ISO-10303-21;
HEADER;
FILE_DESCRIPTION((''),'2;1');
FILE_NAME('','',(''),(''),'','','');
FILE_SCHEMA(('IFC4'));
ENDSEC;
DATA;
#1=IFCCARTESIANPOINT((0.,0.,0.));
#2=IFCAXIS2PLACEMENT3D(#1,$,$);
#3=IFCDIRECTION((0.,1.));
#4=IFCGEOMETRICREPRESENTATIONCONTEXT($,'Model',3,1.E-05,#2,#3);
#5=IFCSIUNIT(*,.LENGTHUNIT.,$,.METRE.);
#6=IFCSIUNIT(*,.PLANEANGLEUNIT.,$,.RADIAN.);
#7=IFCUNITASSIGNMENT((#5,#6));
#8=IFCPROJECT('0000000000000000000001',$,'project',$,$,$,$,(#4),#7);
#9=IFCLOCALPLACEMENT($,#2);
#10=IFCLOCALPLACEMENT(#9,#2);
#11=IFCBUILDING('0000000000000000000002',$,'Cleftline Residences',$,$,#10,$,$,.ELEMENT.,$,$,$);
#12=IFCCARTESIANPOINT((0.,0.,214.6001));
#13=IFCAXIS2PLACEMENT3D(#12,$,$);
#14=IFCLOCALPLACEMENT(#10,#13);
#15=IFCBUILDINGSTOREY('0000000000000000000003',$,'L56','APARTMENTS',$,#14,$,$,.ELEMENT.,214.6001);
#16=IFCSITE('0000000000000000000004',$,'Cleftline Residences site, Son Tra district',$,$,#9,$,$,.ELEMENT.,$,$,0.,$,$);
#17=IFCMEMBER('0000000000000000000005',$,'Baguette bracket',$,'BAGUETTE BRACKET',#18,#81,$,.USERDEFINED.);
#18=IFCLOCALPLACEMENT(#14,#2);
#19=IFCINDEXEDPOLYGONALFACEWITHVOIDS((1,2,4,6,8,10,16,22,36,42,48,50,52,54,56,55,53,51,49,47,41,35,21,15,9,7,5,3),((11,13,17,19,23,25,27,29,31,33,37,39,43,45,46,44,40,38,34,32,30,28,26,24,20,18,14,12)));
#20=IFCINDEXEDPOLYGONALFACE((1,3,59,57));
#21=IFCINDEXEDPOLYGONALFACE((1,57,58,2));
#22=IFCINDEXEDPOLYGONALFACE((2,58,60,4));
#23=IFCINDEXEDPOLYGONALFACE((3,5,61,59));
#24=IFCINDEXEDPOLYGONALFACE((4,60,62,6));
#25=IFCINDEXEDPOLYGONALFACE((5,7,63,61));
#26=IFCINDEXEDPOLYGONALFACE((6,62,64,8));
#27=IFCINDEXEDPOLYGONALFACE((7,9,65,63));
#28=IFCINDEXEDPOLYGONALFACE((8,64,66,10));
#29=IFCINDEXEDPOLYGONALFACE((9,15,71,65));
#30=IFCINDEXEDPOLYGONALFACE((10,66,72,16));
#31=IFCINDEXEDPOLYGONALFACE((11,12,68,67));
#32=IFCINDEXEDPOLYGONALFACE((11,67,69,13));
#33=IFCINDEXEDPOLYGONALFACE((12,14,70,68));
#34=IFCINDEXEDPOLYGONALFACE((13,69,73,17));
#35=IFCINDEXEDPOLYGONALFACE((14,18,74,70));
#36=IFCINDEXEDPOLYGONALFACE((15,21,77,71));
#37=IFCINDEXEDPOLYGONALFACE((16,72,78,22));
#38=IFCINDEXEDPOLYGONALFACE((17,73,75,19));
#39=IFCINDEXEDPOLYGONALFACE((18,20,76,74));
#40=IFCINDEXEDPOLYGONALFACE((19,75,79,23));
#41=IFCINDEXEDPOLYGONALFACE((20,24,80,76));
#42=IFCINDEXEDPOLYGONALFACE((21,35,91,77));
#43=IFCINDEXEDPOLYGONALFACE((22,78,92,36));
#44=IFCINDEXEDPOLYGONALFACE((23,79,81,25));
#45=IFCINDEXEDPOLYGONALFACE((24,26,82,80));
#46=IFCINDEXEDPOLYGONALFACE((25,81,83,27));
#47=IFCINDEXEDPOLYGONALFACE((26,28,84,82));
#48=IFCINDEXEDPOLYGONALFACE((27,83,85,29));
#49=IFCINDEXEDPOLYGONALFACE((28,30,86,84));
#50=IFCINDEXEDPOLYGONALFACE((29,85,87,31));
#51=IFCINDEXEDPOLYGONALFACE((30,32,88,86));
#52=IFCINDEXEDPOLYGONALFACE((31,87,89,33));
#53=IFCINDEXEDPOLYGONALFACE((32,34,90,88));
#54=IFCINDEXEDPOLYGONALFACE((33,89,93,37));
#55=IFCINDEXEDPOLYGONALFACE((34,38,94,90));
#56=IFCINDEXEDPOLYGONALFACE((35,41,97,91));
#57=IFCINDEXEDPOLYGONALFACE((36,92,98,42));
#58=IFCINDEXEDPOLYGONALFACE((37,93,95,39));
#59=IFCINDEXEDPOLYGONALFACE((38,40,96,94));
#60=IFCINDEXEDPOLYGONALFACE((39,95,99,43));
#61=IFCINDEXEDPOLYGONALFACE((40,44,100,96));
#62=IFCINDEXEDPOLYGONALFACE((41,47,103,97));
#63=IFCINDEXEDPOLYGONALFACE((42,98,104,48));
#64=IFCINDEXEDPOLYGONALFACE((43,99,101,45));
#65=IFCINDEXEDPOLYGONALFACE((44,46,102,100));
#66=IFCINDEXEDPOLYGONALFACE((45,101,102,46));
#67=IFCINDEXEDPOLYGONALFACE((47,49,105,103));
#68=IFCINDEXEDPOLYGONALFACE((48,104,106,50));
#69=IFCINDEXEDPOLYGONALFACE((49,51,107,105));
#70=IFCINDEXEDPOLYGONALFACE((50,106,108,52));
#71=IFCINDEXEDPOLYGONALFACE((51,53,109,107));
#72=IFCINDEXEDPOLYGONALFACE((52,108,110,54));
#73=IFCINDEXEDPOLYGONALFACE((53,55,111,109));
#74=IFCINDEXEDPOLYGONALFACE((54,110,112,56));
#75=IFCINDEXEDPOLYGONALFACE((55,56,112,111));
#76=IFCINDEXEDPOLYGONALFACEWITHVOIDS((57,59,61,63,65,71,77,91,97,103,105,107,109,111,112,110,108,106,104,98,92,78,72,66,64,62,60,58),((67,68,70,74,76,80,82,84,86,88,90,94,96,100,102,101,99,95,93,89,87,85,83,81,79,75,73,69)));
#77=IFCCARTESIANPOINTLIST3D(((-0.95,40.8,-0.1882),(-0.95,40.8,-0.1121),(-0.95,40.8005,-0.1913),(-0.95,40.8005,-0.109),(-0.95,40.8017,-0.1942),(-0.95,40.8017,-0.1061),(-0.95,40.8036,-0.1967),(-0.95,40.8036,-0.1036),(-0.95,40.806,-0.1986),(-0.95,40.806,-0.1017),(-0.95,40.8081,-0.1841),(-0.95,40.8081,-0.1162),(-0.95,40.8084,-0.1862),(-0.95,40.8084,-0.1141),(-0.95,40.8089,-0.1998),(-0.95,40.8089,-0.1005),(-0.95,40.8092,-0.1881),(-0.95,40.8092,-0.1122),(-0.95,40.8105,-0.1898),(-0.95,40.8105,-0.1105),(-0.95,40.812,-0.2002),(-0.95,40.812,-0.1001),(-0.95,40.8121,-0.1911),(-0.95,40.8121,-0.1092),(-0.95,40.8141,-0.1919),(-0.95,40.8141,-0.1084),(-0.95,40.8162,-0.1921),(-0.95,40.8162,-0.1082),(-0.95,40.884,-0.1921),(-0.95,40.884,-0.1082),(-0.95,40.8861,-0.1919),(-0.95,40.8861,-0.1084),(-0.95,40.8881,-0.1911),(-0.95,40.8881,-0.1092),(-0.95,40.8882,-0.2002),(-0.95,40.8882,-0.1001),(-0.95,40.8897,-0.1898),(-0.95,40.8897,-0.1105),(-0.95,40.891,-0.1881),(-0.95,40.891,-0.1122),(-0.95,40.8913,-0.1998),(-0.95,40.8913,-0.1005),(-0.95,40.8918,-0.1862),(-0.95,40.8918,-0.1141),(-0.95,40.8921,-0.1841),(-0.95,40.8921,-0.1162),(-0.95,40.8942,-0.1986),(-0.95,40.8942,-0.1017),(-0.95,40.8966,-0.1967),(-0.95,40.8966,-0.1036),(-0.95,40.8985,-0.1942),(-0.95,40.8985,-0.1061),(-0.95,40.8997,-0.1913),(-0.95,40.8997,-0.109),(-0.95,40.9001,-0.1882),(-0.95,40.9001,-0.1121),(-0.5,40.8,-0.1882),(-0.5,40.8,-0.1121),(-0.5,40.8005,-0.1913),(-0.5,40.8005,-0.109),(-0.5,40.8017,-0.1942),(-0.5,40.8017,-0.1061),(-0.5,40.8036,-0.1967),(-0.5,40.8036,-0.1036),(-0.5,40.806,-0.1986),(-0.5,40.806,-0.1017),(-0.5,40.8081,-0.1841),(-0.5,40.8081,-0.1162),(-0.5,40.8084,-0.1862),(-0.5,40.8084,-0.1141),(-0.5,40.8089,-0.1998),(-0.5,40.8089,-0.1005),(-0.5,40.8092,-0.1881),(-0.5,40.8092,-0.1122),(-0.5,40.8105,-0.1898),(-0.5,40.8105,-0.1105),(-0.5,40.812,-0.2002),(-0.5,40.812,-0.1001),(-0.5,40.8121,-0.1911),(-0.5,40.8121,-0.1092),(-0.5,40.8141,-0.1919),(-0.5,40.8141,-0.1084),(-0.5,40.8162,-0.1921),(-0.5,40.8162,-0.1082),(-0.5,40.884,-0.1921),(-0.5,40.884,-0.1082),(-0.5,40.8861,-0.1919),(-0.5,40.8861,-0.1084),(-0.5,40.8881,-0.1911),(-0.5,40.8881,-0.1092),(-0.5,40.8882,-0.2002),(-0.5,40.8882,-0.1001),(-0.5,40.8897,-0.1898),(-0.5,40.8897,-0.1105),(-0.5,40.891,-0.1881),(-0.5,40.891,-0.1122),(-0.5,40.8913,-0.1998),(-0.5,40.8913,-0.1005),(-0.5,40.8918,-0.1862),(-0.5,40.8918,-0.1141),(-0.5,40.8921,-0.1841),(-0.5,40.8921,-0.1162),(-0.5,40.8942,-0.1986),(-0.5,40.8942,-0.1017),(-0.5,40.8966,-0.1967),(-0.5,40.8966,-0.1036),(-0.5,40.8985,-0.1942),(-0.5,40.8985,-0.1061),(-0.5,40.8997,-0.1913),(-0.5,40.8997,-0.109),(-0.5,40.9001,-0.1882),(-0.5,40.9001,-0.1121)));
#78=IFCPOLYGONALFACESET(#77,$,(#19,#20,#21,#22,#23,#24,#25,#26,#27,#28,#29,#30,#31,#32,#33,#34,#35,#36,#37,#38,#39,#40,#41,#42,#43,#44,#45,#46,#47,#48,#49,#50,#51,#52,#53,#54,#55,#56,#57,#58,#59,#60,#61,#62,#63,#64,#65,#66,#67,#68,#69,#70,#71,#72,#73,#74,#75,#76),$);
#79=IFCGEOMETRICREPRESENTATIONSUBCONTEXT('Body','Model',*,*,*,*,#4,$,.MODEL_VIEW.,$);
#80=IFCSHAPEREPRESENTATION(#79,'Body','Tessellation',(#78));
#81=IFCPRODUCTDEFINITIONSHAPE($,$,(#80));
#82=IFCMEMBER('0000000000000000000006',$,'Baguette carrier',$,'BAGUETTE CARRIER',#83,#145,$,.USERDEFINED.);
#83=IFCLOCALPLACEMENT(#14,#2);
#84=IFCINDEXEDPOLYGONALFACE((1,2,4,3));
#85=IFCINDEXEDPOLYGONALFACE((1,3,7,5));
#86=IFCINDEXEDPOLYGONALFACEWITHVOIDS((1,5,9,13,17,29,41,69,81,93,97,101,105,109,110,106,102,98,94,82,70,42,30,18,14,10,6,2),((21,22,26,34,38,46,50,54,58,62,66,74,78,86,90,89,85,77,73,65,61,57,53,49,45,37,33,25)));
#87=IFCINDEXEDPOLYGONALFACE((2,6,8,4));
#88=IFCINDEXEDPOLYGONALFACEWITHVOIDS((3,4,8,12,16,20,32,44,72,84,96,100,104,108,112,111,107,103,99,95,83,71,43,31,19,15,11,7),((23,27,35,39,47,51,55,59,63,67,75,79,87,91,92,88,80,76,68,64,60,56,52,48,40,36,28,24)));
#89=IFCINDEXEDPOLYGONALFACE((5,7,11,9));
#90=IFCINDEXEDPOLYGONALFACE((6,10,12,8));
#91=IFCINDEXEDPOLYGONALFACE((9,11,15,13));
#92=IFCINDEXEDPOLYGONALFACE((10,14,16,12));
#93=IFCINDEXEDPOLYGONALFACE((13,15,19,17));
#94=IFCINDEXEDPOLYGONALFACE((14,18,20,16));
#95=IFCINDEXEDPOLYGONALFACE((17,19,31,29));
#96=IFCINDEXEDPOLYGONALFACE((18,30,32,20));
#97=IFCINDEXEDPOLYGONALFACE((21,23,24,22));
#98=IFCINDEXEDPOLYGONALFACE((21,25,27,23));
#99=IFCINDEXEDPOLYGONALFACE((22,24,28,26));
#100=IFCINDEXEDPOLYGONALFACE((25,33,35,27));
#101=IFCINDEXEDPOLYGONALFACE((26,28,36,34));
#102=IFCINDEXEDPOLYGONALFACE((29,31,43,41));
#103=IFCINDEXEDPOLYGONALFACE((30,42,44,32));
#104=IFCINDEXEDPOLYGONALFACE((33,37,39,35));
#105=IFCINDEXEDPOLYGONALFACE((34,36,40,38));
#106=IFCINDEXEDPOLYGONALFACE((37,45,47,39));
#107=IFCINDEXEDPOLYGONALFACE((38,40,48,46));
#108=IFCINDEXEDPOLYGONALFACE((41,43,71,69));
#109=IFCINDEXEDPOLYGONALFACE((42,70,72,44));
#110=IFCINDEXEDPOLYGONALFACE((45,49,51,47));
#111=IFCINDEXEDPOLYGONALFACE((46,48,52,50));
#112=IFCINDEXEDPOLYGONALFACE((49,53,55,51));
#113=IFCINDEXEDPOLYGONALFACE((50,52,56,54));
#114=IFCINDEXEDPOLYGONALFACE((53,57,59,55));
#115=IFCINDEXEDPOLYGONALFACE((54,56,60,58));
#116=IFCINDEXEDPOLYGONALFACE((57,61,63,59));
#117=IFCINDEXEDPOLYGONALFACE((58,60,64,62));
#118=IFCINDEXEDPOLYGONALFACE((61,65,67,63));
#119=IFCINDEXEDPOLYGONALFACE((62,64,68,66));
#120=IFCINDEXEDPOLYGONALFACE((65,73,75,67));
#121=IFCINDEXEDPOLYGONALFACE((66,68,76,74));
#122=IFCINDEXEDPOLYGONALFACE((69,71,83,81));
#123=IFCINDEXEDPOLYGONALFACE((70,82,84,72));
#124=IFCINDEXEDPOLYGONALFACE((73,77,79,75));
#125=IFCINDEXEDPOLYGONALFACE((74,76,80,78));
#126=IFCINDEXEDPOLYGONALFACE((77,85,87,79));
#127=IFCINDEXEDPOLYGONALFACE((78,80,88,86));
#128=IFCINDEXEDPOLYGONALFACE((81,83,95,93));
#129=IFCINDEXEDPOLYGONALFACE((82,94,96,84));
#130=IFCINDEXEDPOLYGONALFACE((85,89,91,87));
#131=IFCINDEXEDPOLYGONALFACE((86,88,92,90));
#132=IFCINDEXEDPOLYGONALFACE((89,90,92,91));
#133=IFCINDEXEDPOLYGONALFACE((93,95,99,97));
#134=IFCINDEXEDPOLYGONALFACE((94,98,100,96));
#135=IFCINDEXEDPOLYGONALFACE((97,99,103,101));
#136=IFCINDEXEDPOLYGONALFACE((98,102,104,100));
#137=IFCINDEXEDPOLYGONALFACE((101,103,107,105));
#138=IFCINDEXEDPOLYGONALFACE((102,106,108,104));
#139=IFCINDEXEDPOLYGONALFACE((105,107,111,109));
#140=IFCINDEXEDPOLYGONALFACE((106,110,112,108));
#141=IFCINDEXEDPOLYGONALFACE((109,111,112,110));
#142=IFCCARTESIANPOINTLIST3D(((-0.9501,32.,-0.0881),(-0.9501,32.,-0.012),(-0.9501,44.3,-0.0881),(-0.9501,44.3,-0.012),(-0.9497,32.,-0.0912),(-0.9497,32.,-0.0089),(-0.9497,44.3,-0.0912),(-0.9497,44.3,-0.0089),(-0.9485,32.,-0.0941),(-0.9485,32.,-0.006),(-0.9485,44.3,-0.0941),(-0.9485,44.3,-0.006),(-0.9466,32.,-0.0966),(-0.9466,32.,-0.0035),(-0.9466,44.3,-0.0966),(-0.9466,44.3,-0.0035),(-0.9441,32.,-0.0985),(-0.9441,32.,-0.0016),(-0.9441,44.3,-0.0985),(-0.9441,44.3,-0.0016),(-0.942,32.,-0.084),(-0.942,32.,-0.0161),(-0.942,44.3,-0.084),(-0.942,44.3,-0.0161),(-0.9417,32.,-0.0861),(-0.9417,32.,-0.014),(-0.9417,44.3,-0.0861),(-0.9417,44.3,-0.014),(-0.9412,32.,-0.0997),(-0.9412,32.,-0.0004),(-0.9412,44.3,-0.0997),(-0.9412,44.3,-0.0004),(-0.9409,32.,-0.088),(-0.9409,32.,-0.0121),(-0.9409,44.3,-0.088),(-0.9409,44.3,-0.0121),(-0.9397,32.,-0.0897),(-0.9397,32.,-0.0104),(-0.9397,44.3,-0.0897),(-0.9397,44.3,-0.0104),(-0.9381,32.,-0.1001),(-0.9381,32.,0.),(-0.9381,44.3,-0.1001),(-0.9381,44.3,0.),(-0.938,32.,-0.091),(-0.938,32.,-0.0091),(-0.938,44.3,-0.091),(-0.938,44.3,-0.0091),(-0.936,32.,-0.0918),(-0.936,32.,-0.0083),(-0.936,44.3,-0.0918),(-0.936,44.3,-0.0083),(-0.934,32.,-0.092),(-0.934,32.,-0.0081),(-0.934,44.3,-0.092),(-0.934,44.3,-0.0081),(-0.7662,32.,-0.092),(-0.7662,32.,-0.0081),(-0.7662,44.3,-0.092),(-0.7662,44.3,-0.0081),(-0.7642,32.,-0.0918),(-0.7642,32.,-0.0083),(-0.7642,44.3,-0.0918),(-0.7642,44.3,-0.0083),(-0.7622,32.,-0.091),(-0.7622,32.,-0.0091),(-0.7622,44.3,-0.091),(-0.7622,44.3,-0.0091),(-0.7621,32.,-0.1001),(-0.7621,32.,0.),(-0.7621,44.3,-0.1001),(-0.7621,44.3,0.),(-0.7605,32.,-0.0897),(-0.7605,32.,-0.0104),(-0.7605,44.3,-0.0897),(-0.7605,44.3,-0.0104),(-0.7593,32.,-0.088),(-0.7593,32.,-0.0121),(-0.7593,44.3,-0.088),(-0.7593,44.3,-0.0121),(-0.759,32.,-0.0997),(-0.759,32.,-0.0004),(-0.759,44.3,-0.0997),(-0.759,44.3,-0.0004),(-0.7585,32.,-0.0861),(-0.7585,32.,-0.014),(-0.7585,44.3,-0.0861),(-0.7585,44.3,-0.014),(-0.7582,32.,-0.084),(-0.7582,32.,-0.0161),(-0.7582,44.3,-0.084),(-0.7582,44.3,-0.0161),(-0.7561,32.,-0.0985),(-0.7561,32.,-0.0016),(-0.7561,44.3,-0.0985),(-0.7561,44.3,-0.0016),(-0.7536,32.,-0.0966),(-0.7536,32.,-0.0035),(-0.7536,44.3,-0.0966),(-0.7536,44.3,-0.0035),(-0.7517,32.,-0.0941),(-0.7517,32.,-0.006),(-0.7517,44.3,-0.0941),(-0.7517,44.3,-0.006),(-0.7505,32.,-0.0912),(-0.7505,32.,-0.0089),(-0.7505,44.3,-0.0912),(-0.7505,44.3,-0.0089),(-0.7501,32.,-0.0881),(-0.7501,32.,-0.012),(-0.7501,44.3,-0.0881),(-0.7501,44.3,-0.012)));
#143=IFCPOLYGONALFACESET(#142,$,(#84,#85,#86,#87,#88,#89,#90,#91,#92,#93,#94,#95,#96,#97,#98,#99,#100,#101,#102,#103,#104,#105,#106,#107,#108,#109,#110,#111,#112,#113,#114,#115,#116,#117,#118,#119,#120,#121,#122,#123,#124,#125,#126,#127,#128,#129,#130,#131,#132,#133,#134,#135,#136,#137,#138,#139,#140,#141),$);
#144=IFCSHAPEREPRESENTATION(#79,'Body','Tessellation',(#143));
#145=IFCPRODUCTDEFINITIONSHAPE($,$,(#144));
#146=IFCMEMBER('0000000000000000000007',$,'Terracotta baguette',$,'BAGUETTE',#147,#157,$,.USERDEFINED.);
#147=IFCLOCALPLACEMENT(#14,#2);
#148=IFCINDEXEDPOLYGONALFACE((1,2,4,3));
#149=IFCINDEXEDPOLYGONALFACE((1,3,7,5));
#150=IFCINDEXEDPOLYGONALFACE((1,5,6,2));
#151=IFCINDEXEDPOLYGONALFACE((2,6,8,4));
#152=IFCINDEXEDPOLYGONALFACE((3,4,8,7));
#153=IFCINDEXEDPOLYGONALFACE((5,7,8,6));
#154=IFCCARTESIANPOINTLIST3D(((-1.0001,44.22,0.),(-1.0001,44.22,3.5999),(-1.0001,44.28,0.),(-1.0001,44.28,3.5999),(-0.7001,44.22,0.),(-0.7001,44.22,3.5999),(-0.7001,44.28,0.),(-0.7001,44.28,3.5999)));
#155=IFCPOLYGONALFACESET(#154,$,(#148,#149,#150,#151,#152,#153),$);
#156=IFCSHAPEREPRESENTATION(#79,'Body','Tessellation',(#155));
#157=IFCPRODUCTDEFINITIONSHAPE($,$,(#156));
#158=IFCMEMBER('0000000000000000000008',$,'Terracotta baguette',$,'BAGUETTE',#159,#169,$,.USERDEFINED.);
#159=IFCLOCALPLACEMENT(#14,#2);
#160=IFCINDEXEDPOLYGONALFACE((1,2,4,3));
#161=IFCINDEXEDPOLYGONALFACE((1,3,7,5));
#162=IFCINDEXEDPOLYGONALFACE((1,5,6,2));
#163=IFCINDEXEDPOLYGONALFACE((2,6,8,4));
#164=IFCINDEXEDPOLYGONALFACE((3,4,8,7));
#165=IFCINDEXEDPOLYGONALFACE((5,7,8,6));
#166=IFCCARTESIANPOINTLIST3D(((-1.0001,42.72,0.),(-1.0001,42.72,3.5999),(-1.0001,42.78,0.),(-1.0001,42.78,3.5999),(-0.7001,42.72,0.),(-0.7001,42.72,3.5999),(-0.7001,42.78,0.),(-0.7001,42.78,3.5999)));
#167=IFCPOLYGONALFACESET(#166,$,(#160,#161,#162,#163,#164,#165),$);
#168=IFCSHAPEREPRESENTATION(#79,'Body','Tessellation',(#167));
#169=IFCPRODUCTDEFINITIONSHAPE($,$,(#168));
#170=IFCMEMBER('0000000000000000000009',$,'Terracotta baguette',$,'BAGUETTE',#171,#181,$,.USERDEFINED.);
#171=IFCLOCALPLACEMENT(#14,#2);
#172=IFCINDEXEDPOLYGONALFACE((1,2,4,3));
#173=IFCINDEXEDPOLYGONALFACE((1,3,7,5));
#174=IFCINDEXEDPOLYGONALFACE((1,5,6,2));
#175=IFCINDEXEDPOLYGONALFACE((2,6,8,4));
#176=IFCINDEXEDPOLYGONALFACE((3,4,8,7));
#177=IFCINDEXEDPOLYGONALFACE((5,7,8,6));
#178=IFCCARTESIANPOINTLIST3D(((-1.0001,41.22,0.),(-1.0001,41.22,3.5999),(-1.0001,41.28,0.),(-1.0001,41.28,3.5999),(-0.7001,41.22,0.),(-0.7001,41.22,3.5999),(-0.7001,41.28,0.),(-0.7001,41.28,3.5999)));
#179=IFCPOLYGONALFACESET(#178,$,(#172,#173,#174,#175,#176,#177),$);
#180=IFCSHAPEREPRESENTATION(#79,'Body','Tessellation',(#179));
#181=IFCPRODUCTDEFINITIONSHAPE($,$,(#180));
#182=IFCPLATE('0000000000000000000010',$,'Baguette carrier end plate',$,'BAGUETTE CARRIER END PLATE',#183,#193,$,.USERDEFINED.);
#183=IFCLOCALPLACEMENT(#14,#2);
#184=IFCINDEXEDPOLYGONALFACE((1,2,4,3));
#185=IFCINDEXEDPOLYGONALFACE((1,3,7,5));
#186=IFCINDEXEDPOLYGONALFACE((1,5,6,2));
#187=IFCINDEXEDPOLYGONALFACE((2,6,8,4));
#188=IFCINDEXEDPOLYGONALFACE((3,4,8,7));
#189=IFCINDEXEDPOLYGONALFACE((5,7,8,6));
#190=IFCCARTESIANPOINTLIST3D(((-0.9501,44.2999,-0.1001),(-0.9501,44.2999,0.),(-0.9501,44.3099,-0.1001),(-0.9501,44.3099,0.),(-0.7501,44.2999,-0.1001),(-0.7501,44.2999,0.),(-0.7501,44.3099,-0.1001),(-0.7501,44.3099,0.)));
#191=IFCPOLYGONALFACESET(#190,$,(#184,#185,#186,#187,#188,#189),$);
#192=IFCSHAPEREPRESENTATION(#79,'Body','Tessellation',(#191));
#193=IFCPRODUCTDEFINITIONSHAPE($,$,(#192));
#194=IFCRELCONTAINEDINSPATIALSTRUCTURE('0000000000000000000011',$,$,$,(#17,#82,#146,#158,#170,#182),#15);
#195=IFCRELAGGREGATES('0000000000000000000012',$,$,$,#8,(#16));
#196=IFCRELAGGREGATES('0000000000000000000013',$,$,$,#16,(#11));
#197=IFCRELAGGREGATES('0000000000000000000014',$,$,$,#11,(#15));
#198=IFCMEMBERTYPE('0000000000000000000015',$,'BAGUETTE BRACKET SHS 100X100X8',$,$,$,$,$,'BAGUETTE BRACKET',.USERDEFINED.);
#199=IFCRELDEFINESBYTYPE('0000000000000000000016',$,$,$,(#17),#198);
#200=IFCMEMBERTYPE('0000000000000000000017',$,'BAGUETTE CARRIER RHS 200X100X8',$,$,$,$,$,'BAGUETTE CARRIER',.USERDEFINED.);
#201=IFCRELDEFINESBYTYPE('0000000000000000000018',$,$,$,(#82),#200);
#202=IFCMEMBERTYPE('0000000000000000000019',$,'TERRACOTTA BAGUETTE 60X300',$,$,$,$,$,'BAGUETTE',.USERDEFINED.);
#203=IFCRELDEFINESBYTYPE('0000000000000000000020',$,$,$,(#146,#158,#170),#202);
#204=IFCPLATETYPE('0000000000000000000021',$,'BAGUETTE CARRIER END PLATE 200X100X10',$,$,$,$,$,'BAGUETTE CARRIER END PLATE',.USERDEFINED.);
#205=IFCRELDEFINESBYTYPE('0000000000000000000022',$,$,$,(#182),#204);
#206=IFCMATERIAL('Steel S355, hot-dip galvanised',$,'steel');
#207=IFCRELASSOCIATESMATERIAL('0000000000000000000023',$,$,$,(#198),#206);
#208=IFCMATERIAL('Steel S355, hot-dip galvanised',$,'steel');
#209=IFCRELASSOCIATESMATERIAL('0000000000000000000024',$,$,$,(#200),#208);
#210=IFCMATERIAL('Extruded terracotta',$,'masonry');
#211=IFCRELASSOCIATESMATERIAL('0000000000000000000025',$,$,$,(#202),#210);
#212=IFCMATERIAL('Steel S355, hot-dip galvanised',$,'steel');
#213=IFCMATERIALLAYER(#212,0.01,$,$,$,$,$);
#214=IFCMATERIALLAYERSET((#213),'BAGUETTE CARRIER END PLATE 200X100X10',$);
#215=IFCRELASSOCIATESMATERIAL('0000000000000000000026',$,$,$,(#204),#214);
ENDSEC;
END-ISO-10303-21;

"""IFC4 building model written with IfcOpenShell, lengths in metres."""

from ifc_helpers import new_model, si_unit, direction, frame, origin, origin_2d, place, context, subcontext, project, spatial, rectangle, hollow_rectangle, extrude, material, layer, layer_set, material_profile, profile_set, type_object, element, save


model = new_model("IFC4")

# Units and contexts
model_context = context("Model", 3, precision=1e-05, world=origin(), true_north=direction((0.0, 1.0)))
body_context = subcontext(model_context, "Body", "Model", "MODEL_VIEW")
ifc_project = project(units=[si_unit("LENGTHUNIT", "METRE"), si_unit("PLANEANGLEUNIT", "RADIAN")], contexts=[model_context])

# Site, building, storey
site_placement = place(None, origin())
site = spatial("IfcSite", under=ifc_project, at=site_placement, Name="Cleftline Residences site, Son Tra district", CompositionType="ELEMENT", RefElevation=0.0)
building_placement = place(site_placement, origin())
building = spatial("IfcBuilding", under=site, at=building_placement, Name="Cleftline Residences", CompositionType="ELEMENT")
storey_placement = place(building_placement, frame((0.0, 0.0, 214.6001)))
storey = spatial("IfcBuildingStorey", under=building, at=storey_placement, Name="L56", Description="APARTMENTS", CompositionType="ELEMENT", Elevation=214.6001)

# Members
ifc_material_1 = material(Name="Steel S355, hot-dip galvanised", Category="steel")
ifc_material_profile_1 = material_profile(ifc_material_1, hollow_rectangle(XDim=0.1001, YDim=0.1001, WallThickness=0.0081, InnerFilletRadius=0.0081, OuterFilletRadius=0.012, at=origin_2d()))
ifc_profile_set_1 = profile_set([ifc_material_profile_1], Name="Steel S355, hot-dip galvanised")
member_type_1 = type_object("IfcMemberType", Name="BAGUETTE BRACKET SHS 100X100X8", ElementType="BAGUETTE BRACKET", PredefinedType="USERDEFINED", material=ifc_profile_set_1)
member_1_placement = place(storey_placement, frame((-0.5, 40.8501, -0.1501), z_axis=(-1.0, 0.0, 0.0), x_axis=(0.0, -1.0, 0.0)))
element("IfcMember", 1, at=member_1_placement, inside=storey, type_object=member_type_1, Name="Baguette bracket", ObjectType="BAGUETTE BRACKET", PredefinedType="USERDEFINED", context=body_context, shape_type="SweptSolid", body=[
    extrude(hollow_rectangle(XDim=0.1001, YDim=0.1001, WallThickness=0.0081, InnerFilletRadius=0.0081, OuterFilletRadius=0.012, at=origin_2d()), origin(), (0.0, 0.0, 1.0), 0.45),
])
ifc_material_2 = material(Name="Steel S355, hot-dip galvanised", Category="steel")
ifc_material_profile_2 = material_profile(ifc_material_2, hollow_rectangle(XDim=0.1001, YDim=0.2, WallThickness=0.0081, InnerFilletRadius=0.0081, OuterFilletRadius=0.012, at=origin_2d()))
ifc_profile_set_2 = profile_set([ifc_material_profile_2], Name="Steel S355, hot-dip galvanised")
member_type_2 = type_object("IfcMemberType", Name="BAGUETTE CARRIER RHS 200X100X8", ElementType="BAGUETTE CARRIER", PredefinedType="USERDEFINED", material=ifc_profile_set_2)
member_2_placement = place(storey_placement, frame((-0.8501, 44.3, -0.05), z_axis=(0.0, -1.0, 0.0), x_axis=(0.0, 0.0, 1.0)))
element("IfcMember", 2, at=member_2_placement, inside=storey, type_object=member_type_2, Name="Baguette carrier", ObjectType="BAGUETTE CARRIER", PredefinedType="USERDEFINED", context=body_context, shape_type="SweptSolid", body=[
    extrude(hollow_rectangle(XDim=0.1001, YDim=0.2, WallThickness=0.0081, InnerFilletRadius=0.0081, OuterFilletRadius=0.012, at=origin_2d()), origin(), (0.0, 0.0, 1.0), 12.3),
])
ifc_material_3 = material(Name="Extruded terracotta", Category="masonry")
ifc_material_profile_3 = material_profile(ifc_material_3, rectangle(XDim=0.0601, YDim=0.3, at=origin_2d()))
ifc_profile_set_3 = profile_set([ifc_material_profile_3], Name="Extruded terracotta")
member_type_3 = type_object("IfcMemberType", Name="TERRACOTTA BAGUETTE 60X300", ElementType="BAGUETTE", PredefinedType="USERDEFINED", material=ifc_profile_set_3)
for number, where, z_axis, x_axis, name in (
    (3, (-0.8501, 44.25, 0.0), (0.0, 0.0, 1.0), (0.0, 1.0, 0.0), "Terracotta baguette"),
    (4, (-0.8501, 42.75, 0.0), (0.0, 0.0, 1.0), (0.0, 1.0, 0.0), "Terracotta baguette"),
    (5, (-0.8501, 41.25, 0.0), (0.0, 0.0, 1.0), (0.0, 1.0, 0.0), "Terracotta baguette"),
):
    element("IfcMember", number, at=place(storey_placement, frame(where, z_axis=z_axis, x_axis=x_axis)), inside=storey, type_object=member_type_3, Name=name, ObjectType="BAGUETTE", PredefinedType="USERDEFINED", context=body_context, shape_type="SweptSolid", body=[
        extrude(rectangle(XDim=0.0601, YDim=0.3, at=origin_2d()), origin(), (0.0, 0.0, 1.0), 3.5999),
    ])

# Plate
ifc_material_4 = material(Name="Steel S355, hot-dip galvanised", Category="steel")
ifc_layer_1 = layer(ifc_material_4, 0.01)
ifc_layer_set_1 = layer_set([ifc_layer_1], Name="BAGUETTE CARRIER END PLATE 200X100X10")
plate_type = type_object("IfcPlateType", Name="BAGUETTE CARRIER END PLATE 200X100X10", ElementType="BAGUETTE CARRIER END PLATE", PredefinedType="USERDEFINED", material=ifc_layer_set_1)
plate_placement = place(storey_placement, frame((-0.8501, 44.3049, -0.1001), z_axis=(0.0, 0.0, 1.0), x_axis=(-1.0, 0.0, 0.0)))
element("IfcPlate", 6, at=plate_placement, inside=storey, type_object=plate_type, Name="Baguette carrier end plate", ObjectType="BAGUETTE CARRIER END PLATE", PredefinedType="USERDEFINED", context=body_context, shape_type="SweptSolid", body=[
    extrude(rectangle(XDim=0.2, YDim=0.01, at=origin_2d()), origin(), (0.0, 0.0, 1.0), 0.1001),
])

save(model, "model.ifc")
